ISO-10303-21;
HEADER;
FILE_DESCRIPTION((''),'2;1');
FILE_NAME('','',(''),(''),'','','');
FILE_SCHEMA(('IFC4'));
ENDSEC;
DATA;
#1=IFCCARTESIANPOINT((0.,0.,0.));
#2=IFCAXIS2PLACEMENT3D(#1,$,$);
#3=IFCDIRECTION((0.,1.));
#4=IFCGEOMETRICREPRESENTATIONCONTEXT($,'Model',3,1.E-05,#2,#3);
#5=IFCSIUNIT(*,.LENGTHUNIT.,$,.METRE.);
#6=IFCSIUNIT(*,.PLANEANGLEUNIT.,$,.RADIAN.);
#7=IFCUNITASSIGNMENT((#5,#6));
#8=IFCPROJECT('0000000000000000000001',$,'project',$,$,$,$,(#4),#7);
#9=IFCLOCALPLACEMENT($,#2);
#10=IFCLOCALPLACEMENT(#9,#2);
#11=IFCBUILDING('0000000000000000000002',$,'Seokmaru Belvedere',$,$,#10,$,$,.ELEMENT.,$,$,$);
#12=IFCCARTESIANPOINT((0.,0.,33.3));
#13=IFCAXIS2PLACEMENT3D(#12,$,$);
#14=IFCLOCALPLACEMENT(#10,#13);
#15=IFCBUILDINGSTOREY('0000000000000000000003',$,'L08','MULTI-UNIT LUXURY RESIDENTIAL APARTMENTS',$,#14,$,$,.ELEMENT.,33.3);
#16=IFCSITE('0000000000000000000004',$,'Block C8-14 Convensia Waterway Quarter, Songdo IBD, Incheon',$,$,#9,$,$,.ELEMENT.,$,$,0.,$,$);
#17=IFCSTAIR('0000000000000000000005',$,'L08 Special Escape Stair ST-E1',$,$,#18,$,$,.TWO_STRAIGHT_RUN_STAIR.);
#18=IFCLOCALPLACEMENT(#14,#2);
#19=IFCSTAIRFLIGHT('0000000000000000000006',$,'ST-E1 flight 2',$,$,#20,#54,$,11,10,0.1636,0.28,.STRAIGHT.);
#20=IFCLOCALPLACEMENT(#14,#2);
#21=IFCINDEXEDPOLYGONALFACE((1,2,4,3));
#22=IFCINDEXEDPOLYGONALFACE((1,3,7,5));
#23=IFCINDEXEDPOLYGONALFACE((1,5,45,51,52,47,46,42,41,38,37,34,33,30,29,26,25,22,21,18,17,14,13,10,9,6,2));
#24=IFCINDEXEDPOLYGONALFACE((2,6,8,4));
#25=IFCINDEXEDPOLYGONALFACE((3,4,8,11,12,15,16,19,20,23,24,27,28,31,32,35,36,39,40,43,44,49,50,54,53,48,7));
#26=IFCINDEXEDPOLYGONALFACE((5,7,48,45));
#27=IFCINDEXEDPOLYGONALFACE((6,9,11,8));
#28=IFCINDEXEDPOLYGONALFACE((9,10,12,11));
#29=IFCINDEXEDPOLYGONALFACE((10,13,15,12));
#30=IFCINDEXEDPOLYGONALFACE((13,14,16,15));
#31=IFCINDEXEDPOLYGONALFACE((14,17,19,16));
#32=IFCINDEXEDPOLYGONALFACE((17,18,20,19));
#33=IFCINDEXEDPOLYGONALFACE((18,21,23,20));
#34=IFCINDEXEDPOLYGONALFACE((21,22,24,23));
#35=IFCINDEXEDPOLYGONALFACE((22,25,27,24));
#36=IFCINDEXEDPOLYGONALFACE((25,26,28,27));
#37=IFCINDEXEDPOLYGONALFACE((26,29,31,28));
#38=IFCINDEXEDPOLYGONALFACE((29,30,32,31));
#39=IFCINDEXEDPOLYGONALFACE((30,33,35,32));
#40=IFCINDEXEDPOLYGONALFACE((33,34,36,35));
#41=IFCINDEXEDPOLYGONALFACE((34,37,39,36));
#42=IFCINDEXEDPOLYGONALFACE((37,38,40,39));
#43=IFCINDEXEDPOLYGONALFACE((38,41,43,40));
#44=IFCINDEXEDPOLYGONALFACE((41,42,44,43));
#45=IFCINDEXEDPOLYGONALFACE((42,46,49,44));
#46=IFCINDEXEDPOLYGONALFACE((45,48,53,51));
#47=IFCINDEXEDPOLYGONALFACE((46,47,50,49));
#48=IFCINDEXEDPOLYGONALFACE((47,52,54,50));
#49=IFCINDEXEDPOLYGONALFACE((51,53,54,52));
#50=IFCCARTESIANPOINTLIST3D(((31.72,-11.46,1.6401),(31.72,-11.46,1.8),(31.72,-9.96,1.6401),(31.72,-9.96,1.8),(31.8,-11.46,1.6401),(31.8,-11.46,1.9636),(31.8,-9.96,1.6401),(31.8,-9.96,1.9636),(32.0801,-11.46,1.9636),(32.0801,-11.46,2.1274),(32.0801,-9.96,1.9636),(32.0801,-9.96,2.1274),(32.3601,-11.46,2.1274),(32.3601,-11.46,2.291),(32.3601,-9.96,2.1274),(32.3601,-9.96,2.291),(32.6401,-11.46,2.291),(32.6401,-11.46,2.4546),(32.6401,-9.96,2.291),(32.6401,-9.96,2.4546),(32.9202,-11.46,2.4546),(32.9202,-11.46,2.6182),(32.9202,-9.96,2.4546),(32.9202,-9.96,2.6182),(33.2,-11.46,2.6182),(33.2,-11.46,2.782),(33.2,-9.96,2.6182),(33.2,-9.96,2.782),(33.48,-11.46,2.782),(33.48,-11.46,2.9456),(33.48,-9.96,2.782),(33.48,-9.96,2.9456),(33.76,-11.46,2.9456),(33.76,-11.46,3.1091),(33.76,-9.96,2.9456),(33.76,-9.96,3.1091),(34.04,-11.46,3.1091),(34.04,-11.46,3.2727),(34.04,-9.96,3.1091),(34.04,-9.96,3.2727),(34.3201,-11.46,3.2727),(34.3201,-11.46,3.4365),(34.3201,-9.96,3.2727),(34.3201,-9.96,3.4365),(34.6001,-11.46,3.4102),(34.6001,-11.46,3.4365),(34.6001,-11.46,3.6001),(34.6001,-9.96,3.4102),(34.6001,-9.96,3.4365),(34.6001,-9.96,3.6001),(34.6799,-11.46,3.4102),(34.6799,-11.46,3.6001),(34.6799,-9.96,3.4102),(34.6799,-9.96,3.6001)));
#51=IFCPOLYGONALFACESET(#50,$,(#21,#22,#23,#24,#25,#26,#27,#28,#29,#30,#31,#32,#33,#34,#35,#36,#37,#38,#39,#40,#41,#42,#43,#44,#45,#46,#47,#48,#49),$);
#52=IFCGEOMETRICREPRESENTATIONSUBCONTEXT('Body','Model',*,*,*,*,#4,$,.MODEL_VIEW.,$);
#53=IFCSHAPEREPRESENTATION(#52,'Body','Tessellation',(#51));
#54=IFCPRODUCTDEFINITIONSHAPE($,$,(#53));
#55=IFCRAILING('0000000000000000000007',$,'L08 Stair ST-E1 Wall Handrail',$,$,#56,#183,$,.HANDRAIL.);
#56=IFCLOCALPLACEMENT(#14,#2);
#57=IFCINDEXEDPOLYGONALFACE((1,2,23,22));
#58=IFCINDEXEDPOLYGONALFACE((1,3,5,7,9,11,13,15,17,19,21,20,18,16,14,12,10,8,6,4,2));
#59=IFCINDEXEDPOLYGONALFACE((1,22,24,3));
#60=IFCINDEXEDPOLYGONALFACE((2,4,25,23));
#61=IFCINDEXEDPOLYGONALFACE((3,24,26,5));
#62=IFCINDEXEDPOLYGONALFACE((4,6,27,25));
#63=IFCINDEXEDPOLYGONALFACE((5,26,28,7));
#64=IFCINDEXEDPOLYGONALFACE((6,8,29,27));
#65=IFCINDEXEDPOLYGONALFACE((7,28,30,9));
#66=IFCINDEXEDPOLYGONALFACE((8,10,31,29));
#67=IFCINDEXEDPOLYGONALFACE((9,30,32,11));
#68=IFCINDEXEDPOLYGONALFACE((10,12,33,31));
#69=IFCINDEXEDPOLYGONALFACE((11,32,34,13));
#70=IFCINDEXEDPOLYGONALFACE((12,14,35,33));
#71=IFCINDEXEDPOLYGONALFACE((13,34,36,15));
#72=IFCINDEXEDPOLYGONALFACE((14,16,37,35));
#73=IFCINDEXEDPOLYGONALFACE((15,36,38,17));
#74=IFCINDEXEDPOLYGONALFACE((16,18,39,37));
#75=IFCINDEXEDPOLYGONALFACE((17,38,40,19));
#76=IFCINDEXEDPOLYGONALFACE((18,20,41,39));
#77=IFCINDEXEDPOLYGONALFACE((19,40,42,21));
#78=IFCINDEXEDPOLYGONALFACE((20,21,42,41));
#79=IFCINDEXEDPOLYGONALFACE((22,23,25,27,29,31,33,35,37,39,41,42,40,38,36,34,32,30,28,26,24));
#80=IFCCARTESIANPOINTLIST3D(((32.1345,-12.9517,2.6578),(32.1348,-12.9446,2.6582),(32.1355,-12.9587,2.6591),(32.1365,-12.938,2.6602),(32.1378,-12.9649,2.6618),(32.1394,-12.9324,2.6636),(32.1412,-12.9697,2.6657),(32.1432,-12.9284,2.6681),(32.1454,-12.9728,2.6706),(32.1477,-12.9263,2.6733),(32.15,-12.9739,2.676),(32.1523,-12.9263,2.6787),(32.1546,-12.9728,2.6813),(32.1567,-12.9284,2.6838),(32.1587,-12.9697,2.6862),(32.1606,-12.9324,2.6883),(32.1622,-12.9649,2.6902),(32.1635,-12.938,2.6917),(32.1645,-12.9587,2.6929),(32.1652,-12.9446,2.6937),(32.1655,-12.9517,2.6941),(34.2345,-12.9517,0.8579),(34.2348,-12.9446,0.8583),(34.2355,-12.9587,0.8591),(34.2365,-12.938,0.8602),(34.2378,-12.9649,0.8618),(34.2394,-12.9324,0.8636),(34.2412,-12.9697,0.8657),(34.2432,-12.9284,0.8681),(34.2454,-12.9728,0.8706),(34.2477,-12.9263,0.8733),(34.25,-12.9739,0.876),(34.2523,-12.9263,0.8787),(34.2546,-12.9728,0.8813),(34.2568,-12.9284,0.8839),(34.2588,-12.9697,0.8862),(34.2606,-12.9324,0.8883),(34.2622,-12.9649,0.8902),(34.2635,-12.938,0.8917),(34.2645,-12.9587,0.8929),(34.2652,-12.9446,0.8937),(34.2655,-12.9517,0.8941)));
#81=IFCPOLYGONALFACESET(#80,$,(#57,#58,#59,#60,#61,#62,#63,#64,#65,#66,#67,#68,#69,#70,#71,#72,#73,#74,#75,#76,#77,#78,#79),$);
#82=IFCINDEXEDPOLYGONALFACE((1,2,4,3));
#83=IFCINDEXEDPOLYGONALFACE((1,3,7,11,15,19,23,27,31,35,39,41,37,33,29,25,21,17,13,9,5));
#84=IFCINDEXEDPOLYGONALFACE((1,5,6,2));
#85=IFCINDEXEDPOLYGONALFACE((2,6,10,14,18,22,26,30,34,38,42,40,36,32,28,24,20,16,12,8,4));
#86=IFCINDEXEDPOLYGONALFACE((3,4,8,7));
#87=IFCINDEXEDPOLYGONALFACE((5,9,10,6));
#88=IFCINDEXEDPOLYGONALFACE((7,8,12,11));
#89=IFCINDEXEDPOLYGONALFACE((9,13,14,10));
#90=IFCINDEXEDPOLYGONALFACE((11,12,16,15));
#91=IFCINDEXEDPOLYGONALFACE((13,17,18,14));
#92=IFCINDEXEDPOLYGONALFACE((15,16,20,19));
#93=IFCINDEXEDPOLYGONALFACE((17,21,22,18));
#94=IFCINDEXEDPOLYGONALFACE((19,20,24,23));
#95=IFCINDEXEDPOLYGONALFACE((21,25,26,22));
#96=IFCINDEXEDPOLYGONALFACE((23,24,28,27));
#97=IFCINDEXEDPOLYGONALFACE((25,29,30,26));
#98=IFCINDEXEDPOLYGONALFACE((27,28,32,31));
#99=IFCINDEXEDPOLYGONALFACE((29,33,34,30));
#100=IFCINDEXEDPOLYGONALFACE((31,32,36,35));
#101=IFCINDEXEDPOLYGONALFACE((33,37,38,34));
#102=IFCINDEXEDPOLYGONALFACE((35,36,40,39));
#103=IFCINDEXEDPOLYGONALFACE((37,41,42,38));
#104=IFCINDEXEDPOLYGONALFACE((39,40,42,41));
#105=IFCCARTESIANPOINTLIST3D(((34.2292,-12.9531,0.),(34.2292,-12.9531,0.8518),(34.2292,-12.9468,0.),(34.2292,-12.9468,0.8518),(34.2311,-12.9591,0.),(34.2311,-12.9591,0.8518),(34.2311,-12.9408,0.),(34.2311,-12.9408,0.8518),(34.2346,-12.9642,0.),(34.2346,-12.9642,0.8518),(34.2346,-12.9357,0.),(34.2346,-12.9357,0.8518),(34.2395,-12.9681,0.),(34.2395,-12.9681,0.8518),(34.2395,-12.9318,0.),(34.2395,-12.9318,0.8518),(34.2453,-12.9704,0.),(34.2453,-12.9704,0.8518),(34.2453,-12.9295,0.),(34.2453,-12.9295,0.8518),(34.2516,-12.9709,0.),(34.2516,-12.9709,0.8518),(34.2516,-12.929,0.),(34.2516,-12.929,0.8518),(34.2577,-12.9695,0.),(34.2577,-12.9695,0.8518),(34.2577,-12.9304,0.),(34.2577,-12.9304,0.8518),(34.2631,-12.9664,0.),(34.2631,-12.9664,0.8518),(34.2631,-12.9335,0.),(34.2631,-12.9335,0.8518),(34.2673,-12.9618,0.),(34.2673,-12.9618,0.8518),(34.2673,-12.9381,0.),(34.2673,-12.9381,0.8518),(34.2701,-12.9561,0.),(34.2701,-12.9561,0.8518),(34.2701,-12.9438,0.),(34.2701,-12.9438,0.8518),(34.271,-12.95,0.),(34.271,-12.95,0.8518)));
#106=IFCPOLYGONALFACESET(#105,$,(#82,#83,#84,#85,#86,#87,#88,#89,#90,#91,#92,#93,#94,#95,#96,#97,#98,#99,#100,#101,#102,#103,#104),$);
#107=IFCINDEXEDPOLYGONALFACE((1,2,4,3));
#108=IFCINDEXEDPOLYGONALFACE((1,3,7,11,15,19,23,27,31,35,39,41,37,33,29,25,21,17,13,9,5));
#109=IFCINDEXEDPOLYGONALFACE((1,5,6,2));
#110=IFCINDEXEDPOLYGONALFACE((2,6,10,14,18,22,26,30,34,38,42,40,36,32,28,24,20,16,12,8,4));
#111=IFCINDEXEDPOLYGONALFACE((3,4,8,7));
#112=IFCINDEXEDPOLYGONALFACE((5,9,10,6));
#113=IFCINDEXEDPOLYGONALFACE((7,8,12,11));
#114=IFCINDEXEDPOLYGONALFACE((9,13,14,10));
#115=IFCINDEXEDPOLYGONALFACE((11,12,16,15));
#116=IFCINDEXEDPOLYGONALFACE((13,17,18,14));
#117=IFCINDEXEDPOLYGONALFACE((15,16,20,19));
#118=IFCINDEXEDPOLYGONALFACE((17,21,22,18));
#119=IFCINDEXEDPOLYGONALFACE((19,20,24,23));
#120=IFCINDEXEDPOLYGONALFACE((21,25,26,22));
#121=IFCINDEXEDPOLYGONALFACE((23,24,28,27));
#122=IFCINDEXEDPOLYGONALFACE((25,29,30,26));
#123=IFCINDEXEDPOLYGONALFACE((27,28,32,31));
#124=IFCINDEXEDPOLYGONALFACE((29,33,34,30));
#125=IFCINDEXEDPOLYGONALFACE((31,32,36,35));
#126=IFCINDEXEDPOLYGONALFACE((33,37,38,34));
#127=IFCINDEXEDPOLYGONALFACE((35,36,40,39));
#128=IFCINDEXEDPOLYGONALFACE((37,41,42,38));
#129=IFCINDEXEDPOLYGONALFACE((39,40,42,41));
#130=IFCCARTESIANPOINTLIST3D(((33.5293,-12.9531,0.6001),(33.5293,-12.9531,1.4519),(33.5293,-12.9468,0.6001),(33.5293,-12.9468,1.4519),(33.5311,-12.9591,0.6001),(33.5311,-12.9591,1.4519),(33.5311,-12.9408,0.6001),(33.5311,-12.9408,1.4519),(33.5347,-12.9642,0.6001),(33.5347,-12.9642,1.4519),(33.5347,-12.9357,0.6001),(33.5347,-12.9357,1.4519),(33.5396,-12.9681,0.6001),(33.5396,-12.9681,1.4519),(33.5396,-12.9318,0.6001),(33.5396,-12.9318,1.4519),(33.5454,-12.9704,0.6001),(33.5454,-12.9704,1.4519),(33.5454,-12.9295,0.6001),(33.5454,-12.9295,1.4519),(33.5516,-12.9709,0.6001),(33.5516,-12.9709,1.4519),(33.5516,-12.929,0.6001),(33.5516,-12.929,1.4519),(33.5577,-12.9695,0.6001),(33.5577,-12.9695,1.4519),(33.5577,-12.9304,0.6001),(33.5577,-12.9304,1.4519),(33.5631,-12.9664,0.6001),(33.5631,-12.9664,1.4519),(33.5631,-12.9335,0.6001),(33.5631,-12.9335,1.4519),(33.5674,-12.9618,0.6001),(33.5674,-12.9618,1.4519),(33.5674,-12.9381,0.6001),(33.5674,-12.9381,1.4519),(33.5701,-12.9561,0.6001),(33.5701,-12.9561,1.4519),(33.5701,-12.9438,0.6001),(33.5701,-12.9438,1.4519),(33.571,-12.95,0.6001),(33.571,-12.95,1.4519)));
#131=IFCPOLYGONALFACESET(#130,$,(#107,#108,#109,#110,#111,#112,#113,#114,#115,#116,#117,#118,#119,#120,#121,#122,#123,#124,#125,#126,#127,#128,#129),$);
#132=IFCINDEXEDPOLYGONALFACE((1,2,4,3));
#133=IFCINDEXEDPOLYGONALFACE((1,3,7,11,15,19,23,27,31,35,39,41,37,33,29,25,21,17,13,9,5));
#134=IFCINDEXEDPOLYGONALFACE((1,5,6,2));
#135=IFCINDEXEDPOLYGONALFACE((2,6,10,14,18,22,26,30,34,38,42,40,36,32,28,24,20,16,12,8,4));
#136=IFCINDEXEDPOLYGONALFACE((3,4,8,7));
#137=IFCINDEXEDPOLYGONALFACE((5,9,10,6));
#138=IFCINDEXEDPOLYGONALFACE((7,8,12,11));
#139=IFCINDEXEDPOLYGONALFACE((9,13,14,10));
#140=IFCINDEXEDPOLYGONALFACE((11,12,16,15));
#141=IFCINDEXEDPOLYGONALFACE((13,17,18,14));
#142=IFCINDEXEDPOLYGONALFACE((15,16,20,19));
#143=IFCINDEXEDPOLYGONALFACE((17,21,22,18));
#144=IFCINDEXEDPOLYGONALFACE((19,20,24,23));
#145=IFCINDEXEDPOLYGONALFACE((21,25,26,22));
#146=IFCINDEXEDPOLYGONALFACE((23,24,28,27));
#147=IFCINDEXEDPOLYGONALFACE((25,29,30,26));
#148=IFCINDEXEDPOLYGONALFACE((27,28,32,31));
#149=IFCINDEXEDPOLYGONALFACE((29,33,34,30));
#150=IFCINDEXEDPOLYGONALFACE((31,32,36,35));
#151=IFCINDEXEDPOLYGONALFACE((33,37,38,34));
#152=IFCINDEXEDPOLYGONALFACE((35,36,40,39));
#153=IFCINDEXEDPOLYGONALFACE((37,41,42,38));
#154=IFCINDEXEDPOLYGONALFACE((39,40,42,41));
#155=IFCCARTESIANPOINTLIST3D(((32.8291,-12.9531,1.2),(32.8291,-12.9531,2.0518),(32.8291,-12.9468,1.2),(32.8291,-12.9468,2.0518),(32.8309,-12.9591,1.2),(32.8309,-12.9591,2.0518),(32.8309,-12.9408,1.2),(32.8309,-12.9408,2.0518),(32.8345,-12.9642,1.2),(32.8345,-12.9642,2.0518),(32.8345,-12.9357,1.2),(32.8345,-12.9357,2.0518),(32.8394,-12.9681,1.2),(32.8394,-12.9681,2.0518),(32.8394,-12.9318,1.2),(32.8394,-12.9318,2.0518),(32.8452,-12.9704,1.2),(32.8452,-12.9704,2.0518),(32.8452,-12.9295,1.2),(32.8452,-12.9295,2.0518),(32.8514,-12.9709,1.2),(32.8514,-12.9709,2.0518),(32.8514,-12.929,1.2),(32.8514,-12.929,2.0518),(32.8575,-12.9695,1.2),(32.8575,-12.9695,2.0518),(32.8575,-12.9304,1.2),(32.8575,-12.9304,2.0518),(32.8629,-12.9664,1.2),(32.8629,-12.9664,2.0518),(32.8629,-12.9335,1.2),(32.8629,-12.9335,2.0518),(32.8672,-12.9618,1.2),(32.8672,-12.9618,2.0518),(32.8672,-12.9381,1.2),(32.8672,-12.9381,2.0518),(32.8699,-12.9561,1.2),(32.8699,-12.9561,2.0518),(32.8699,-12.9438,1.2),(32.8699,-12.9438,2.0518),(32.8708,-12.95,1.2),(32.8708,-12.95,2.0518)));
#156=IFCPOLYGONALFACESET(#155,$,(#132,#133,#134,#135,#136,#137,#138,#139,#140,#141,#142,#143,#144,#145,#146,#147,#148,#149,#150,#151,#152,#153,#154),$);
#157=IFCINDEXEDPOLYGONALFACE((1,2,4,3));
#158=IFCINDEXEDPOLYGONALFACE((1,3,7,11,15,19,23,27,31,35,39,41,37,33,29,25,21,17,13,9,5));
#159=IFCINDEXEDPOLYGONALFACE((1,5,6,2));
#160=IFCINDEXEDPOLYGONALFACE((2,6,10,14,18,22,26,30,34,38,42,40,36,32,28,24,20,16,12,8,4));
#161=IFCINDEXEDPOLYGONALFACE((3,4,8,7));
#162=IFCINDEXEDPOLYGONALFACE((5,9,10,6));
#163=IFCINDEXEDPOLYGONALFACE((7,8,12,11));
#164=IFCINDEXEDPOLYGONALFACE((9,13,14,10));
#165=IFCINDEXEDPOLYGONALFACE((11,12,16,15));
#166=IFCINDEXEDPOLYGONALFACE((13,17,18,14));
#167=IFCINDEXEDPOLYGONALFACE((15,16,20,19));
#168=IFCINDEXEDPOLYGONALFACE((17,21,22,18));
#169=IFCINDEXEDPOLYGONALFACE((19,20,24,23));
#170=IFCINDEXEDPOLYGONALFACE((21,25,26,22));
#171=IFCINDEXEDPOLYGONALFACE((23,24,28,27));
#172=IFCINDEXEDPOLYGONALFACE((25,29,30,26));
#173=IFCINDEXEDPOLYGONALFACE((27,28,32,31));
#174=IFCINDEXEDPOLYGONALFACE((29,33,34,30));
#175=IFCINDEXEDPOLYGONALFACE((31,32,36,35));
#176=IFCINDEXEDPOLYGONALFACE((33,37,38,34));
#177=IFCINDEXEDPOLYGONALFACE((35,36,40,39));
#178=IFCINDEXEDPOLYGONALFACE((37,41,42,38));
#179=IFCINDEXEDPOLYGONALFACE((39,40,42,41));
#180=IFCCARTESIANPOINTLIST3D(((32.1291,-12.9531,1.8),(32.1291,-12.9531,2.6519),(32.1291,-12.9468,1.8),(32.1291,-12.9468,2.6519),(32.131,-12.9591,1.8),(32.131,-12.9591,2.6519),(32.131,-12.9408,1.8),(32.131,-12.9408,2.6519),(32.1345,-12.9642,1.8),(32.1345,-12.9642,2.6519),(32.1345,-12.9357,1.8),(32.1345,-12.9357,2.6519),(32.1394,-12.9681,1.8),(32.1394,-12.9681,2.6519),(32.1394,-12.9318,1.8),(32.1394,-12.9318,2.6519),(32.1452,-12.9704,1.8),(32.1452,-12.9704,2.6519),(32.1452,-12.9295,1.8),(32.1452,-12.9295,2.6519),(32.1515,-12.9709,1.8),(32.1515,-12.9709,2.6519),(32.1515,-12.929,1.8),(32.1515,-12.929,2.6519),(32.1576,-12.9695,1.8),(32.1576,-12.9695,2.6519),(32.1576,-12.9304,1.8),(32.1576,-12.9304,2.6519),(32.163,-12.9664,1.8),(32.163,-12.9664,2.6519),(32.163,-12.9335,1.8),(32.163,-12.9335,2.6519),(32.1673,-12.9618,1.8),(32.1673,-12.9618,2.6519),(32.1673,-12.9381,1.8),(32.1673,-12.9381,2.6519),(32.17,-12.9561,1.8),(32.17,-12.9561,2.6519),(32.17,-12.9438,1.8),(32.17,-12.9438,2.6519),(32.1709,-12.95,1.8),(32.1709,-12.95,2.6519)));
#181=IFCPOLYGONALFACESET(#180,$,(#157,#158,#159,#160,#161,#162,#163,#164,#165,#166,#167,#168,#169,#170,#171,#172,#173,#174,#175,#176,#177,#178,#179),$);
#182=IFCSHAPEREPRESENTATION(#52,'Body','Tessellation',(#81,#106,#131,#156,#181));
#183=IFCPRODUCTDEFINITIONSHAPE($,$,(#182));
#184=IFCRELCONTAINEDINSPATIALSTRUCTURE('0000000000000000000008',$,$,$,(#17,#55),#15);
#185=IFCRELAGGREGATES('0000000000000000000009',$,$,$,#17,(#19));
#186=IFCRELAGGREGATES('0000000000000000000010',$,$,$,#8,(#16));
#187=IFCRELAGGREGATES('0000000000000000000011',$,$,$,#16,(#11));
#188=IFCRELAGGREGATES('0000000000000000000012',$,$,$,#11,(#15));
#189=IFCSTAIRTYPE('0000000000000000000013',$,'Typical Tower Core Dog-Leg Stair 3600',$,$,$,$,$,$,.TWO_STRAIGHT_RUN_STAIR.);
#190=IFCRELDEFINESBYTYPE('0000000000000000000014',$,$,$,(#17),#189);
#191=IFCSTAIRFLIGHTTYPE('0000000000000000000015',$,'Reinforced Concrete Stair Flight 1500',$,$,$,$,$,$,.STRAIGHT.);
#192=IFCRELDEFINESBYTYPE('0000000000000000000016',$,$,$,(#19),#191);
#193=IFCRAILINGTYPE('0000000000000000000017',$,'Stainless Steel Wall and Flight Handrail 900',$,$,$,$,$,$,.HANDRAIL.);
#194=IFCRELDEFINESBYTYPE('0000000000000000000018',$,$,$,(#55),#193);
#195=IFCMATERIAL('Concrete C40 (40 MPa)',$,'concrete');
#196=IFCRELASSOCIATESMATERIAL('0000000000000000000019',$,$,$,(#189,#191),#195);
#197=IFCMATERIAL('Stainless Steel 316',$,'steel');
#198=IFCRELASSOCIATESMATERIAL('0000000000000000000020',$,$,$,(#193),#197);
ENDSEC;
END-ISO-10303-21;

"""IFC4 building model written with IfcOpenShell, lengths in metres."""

from ifc_helpers import new_model, si_unit, direction, frame, origin, origin_2d, place, context, subcontext, project, spatial, polyline, circle, outline, extrude, material, type_object, element, aggregate, save


model = new_model("IFC4")

# Units and contexts
model_context = context("Model", 3, precision=1e-05, world=origin(), true_north=direction((0.0, 1.0)))
body_context = subcontext(model_context, "Body", "Model", "MODEL_VIEW")
ifc_project = project(units=[si_unit("LENGTHUNIT", "METRE"), si_unit("PLANEANGLEUNIT", "RADIAN")], contexts=[model_context])

# Site, building, storey
site_placement = place(None, origin())
site = spatial("IfcSite", under=ifc_project, at=site_placement, Name="Block C8-14 Convensia Waterway Quarter, Songdo IBD, Incheon", CompositionType="ELEMENT", RefElevation=0.0)
building_placement = place(site_placement, origin())
building = spatial("IfcBuilding", under=site, at=building_placement, Name="Seokmaru Belvedere", CompositionType="ELEMENT")
storey_placement = place(building_placement, frame((0.0, 0.0, 33.3)))
storey = spatial("IfcBuildingStorey", under=building, at=storey_placement, Name="L08", Description="MULTI-UNIT LUXURY RESIDENTIAL APARTMENTS", CompositionType="ELEMENT", Elevation=33.3)

# Shared definitions
ifc_material_1 = material(Name="Stainless Steel 316", Category="steel")

# Stair, stair flight
ifc_material_2 = material(Name="Concrete C40 (40 MPa)", Category="concrete")
stair_type = type_object("IfcStairType", Name="Typical Tower Core Dog-Leg Stair 3600", PredefinedType="TWO_STRAIGHT_RUN_STAIR", material=ifc_material_2)
stair_placement = place(storey_placement, origin())
stair = element("IfcStair", 1, at=stair_placement, inside=storey, type_object=stair_type, Name="L08 Special Escape Stair ST-E1", PredefinedType="TWO_STRAIGHT_RUN_STAIR")
stair_flight_type = type_object("IfcStairFlightType", Name="Reinforced Concrete Stair Flight 1500", PredefinedType="STRAIGHT", material=ifc_material_2)
stair_flight_1_placement = place(storey_placement, frame((31.8, -10.71, 1.8), z_axis=(0.0, 0.0, 1.0), x_axis=(1.0, 0.0, 0.0)))
stair_flight_1 = element("IfcStairFlight", 2, at=stair_flight_1_placement, type_object=stair_flight_type, Name="ST-E1 flight 2", NumberOfRisers=11, NumberOfTreads=10, PredefinedType="STRAIGHT", RiserHeight=0.1636, TreadLength=0.28, context=body_context, shape_type="SweptSolid", body=[
    extrude(outline(polyline([(-0.0801, 0.0), (0.0, 0.1636), (0.28, 0.1636), (0.28, 0.3274), (0.5601, 0.3274), (0.5601, 0.491), (0.8401, 0.491), (0.8401, 0.6545), (1.1201, 0.6545), (1.1201, 0.8181), (1.3999, 0.8181), (1.3999, 0.9819), (1.6799, 0.9819), (1.6799, 1.1455), (1.96, 1.1455), (1.96, 1.3091), (2.24, 1.3091), (2.24, 1.4727), (2.52, 1.4727), (2.52, 1.6365), (2.8, 1.6365), (2.8, 1.8), (2.8799, 1.8), (2.8799, 1.6101), (2.8, 1.6101), (0.0, -0.1599), (-0.0801, -0.1599), (-0.0801, 0.0)])), frame((0.0, 0.75, 0.0), z_axis=(0.0, -1.0, 0.0), x_axis=(1.0, 0.0, 0.0)), (0.0, 0.0, 1.0), 1.5),
])
aggregate(stair, [stair_flight_1])

# Railing
railing_type_1 = type_object("IfcRailingType", Name="Stainless Steel Wall and Flight Handrail 900", PredefinedType="HANDRAIL", material=ifc_material_1)
railing_1_placement = place(storey_placement, frame((34.25, -12.95, 0.0)))
element("IfcRailing", 3, at=railing_1_placement, inside=storey, type_object=railing_type_1, Name="L08 Stair ST-E1 Wall Handrail", PredefinedType="HANDRAIL", context=body_context, shape_type="SweptSolid", body=[
    extrude(circle(Radius=0.0239, at=origin_2d()), frame((0.0, 0.0, 0.876), z_axis=(-0.759263, 0.0, 0.650784), x_axis=(0.0, -1.0, 0.0)), (0.0, 0.0, 1.0), 2.7659),
    extrude(circle(Radius=0.021, at=origin_2d()), origin(), (0.0, 0.0, 1.0), 0.8518),
    extrude(circle(Radius=0.021, at=origin_2d()), frame((-0.7, 0.0, 0.6001)), (0.0, 0.0, 1.0), 0.8518),
    extrude(circle(Radius=0.021, at=origin_2d()), frame((-1.4001, 0.0, 1.2)), (0.0, 0.0, 1.0), 0.8518),
    extrude(circle(Radius=0.021, at=origin_2d()), frame((-2.1001, 0.0, 1.8)), (0.0, 0.0, 1.0), 0.8518),
])

save(model, "model.ifc")
